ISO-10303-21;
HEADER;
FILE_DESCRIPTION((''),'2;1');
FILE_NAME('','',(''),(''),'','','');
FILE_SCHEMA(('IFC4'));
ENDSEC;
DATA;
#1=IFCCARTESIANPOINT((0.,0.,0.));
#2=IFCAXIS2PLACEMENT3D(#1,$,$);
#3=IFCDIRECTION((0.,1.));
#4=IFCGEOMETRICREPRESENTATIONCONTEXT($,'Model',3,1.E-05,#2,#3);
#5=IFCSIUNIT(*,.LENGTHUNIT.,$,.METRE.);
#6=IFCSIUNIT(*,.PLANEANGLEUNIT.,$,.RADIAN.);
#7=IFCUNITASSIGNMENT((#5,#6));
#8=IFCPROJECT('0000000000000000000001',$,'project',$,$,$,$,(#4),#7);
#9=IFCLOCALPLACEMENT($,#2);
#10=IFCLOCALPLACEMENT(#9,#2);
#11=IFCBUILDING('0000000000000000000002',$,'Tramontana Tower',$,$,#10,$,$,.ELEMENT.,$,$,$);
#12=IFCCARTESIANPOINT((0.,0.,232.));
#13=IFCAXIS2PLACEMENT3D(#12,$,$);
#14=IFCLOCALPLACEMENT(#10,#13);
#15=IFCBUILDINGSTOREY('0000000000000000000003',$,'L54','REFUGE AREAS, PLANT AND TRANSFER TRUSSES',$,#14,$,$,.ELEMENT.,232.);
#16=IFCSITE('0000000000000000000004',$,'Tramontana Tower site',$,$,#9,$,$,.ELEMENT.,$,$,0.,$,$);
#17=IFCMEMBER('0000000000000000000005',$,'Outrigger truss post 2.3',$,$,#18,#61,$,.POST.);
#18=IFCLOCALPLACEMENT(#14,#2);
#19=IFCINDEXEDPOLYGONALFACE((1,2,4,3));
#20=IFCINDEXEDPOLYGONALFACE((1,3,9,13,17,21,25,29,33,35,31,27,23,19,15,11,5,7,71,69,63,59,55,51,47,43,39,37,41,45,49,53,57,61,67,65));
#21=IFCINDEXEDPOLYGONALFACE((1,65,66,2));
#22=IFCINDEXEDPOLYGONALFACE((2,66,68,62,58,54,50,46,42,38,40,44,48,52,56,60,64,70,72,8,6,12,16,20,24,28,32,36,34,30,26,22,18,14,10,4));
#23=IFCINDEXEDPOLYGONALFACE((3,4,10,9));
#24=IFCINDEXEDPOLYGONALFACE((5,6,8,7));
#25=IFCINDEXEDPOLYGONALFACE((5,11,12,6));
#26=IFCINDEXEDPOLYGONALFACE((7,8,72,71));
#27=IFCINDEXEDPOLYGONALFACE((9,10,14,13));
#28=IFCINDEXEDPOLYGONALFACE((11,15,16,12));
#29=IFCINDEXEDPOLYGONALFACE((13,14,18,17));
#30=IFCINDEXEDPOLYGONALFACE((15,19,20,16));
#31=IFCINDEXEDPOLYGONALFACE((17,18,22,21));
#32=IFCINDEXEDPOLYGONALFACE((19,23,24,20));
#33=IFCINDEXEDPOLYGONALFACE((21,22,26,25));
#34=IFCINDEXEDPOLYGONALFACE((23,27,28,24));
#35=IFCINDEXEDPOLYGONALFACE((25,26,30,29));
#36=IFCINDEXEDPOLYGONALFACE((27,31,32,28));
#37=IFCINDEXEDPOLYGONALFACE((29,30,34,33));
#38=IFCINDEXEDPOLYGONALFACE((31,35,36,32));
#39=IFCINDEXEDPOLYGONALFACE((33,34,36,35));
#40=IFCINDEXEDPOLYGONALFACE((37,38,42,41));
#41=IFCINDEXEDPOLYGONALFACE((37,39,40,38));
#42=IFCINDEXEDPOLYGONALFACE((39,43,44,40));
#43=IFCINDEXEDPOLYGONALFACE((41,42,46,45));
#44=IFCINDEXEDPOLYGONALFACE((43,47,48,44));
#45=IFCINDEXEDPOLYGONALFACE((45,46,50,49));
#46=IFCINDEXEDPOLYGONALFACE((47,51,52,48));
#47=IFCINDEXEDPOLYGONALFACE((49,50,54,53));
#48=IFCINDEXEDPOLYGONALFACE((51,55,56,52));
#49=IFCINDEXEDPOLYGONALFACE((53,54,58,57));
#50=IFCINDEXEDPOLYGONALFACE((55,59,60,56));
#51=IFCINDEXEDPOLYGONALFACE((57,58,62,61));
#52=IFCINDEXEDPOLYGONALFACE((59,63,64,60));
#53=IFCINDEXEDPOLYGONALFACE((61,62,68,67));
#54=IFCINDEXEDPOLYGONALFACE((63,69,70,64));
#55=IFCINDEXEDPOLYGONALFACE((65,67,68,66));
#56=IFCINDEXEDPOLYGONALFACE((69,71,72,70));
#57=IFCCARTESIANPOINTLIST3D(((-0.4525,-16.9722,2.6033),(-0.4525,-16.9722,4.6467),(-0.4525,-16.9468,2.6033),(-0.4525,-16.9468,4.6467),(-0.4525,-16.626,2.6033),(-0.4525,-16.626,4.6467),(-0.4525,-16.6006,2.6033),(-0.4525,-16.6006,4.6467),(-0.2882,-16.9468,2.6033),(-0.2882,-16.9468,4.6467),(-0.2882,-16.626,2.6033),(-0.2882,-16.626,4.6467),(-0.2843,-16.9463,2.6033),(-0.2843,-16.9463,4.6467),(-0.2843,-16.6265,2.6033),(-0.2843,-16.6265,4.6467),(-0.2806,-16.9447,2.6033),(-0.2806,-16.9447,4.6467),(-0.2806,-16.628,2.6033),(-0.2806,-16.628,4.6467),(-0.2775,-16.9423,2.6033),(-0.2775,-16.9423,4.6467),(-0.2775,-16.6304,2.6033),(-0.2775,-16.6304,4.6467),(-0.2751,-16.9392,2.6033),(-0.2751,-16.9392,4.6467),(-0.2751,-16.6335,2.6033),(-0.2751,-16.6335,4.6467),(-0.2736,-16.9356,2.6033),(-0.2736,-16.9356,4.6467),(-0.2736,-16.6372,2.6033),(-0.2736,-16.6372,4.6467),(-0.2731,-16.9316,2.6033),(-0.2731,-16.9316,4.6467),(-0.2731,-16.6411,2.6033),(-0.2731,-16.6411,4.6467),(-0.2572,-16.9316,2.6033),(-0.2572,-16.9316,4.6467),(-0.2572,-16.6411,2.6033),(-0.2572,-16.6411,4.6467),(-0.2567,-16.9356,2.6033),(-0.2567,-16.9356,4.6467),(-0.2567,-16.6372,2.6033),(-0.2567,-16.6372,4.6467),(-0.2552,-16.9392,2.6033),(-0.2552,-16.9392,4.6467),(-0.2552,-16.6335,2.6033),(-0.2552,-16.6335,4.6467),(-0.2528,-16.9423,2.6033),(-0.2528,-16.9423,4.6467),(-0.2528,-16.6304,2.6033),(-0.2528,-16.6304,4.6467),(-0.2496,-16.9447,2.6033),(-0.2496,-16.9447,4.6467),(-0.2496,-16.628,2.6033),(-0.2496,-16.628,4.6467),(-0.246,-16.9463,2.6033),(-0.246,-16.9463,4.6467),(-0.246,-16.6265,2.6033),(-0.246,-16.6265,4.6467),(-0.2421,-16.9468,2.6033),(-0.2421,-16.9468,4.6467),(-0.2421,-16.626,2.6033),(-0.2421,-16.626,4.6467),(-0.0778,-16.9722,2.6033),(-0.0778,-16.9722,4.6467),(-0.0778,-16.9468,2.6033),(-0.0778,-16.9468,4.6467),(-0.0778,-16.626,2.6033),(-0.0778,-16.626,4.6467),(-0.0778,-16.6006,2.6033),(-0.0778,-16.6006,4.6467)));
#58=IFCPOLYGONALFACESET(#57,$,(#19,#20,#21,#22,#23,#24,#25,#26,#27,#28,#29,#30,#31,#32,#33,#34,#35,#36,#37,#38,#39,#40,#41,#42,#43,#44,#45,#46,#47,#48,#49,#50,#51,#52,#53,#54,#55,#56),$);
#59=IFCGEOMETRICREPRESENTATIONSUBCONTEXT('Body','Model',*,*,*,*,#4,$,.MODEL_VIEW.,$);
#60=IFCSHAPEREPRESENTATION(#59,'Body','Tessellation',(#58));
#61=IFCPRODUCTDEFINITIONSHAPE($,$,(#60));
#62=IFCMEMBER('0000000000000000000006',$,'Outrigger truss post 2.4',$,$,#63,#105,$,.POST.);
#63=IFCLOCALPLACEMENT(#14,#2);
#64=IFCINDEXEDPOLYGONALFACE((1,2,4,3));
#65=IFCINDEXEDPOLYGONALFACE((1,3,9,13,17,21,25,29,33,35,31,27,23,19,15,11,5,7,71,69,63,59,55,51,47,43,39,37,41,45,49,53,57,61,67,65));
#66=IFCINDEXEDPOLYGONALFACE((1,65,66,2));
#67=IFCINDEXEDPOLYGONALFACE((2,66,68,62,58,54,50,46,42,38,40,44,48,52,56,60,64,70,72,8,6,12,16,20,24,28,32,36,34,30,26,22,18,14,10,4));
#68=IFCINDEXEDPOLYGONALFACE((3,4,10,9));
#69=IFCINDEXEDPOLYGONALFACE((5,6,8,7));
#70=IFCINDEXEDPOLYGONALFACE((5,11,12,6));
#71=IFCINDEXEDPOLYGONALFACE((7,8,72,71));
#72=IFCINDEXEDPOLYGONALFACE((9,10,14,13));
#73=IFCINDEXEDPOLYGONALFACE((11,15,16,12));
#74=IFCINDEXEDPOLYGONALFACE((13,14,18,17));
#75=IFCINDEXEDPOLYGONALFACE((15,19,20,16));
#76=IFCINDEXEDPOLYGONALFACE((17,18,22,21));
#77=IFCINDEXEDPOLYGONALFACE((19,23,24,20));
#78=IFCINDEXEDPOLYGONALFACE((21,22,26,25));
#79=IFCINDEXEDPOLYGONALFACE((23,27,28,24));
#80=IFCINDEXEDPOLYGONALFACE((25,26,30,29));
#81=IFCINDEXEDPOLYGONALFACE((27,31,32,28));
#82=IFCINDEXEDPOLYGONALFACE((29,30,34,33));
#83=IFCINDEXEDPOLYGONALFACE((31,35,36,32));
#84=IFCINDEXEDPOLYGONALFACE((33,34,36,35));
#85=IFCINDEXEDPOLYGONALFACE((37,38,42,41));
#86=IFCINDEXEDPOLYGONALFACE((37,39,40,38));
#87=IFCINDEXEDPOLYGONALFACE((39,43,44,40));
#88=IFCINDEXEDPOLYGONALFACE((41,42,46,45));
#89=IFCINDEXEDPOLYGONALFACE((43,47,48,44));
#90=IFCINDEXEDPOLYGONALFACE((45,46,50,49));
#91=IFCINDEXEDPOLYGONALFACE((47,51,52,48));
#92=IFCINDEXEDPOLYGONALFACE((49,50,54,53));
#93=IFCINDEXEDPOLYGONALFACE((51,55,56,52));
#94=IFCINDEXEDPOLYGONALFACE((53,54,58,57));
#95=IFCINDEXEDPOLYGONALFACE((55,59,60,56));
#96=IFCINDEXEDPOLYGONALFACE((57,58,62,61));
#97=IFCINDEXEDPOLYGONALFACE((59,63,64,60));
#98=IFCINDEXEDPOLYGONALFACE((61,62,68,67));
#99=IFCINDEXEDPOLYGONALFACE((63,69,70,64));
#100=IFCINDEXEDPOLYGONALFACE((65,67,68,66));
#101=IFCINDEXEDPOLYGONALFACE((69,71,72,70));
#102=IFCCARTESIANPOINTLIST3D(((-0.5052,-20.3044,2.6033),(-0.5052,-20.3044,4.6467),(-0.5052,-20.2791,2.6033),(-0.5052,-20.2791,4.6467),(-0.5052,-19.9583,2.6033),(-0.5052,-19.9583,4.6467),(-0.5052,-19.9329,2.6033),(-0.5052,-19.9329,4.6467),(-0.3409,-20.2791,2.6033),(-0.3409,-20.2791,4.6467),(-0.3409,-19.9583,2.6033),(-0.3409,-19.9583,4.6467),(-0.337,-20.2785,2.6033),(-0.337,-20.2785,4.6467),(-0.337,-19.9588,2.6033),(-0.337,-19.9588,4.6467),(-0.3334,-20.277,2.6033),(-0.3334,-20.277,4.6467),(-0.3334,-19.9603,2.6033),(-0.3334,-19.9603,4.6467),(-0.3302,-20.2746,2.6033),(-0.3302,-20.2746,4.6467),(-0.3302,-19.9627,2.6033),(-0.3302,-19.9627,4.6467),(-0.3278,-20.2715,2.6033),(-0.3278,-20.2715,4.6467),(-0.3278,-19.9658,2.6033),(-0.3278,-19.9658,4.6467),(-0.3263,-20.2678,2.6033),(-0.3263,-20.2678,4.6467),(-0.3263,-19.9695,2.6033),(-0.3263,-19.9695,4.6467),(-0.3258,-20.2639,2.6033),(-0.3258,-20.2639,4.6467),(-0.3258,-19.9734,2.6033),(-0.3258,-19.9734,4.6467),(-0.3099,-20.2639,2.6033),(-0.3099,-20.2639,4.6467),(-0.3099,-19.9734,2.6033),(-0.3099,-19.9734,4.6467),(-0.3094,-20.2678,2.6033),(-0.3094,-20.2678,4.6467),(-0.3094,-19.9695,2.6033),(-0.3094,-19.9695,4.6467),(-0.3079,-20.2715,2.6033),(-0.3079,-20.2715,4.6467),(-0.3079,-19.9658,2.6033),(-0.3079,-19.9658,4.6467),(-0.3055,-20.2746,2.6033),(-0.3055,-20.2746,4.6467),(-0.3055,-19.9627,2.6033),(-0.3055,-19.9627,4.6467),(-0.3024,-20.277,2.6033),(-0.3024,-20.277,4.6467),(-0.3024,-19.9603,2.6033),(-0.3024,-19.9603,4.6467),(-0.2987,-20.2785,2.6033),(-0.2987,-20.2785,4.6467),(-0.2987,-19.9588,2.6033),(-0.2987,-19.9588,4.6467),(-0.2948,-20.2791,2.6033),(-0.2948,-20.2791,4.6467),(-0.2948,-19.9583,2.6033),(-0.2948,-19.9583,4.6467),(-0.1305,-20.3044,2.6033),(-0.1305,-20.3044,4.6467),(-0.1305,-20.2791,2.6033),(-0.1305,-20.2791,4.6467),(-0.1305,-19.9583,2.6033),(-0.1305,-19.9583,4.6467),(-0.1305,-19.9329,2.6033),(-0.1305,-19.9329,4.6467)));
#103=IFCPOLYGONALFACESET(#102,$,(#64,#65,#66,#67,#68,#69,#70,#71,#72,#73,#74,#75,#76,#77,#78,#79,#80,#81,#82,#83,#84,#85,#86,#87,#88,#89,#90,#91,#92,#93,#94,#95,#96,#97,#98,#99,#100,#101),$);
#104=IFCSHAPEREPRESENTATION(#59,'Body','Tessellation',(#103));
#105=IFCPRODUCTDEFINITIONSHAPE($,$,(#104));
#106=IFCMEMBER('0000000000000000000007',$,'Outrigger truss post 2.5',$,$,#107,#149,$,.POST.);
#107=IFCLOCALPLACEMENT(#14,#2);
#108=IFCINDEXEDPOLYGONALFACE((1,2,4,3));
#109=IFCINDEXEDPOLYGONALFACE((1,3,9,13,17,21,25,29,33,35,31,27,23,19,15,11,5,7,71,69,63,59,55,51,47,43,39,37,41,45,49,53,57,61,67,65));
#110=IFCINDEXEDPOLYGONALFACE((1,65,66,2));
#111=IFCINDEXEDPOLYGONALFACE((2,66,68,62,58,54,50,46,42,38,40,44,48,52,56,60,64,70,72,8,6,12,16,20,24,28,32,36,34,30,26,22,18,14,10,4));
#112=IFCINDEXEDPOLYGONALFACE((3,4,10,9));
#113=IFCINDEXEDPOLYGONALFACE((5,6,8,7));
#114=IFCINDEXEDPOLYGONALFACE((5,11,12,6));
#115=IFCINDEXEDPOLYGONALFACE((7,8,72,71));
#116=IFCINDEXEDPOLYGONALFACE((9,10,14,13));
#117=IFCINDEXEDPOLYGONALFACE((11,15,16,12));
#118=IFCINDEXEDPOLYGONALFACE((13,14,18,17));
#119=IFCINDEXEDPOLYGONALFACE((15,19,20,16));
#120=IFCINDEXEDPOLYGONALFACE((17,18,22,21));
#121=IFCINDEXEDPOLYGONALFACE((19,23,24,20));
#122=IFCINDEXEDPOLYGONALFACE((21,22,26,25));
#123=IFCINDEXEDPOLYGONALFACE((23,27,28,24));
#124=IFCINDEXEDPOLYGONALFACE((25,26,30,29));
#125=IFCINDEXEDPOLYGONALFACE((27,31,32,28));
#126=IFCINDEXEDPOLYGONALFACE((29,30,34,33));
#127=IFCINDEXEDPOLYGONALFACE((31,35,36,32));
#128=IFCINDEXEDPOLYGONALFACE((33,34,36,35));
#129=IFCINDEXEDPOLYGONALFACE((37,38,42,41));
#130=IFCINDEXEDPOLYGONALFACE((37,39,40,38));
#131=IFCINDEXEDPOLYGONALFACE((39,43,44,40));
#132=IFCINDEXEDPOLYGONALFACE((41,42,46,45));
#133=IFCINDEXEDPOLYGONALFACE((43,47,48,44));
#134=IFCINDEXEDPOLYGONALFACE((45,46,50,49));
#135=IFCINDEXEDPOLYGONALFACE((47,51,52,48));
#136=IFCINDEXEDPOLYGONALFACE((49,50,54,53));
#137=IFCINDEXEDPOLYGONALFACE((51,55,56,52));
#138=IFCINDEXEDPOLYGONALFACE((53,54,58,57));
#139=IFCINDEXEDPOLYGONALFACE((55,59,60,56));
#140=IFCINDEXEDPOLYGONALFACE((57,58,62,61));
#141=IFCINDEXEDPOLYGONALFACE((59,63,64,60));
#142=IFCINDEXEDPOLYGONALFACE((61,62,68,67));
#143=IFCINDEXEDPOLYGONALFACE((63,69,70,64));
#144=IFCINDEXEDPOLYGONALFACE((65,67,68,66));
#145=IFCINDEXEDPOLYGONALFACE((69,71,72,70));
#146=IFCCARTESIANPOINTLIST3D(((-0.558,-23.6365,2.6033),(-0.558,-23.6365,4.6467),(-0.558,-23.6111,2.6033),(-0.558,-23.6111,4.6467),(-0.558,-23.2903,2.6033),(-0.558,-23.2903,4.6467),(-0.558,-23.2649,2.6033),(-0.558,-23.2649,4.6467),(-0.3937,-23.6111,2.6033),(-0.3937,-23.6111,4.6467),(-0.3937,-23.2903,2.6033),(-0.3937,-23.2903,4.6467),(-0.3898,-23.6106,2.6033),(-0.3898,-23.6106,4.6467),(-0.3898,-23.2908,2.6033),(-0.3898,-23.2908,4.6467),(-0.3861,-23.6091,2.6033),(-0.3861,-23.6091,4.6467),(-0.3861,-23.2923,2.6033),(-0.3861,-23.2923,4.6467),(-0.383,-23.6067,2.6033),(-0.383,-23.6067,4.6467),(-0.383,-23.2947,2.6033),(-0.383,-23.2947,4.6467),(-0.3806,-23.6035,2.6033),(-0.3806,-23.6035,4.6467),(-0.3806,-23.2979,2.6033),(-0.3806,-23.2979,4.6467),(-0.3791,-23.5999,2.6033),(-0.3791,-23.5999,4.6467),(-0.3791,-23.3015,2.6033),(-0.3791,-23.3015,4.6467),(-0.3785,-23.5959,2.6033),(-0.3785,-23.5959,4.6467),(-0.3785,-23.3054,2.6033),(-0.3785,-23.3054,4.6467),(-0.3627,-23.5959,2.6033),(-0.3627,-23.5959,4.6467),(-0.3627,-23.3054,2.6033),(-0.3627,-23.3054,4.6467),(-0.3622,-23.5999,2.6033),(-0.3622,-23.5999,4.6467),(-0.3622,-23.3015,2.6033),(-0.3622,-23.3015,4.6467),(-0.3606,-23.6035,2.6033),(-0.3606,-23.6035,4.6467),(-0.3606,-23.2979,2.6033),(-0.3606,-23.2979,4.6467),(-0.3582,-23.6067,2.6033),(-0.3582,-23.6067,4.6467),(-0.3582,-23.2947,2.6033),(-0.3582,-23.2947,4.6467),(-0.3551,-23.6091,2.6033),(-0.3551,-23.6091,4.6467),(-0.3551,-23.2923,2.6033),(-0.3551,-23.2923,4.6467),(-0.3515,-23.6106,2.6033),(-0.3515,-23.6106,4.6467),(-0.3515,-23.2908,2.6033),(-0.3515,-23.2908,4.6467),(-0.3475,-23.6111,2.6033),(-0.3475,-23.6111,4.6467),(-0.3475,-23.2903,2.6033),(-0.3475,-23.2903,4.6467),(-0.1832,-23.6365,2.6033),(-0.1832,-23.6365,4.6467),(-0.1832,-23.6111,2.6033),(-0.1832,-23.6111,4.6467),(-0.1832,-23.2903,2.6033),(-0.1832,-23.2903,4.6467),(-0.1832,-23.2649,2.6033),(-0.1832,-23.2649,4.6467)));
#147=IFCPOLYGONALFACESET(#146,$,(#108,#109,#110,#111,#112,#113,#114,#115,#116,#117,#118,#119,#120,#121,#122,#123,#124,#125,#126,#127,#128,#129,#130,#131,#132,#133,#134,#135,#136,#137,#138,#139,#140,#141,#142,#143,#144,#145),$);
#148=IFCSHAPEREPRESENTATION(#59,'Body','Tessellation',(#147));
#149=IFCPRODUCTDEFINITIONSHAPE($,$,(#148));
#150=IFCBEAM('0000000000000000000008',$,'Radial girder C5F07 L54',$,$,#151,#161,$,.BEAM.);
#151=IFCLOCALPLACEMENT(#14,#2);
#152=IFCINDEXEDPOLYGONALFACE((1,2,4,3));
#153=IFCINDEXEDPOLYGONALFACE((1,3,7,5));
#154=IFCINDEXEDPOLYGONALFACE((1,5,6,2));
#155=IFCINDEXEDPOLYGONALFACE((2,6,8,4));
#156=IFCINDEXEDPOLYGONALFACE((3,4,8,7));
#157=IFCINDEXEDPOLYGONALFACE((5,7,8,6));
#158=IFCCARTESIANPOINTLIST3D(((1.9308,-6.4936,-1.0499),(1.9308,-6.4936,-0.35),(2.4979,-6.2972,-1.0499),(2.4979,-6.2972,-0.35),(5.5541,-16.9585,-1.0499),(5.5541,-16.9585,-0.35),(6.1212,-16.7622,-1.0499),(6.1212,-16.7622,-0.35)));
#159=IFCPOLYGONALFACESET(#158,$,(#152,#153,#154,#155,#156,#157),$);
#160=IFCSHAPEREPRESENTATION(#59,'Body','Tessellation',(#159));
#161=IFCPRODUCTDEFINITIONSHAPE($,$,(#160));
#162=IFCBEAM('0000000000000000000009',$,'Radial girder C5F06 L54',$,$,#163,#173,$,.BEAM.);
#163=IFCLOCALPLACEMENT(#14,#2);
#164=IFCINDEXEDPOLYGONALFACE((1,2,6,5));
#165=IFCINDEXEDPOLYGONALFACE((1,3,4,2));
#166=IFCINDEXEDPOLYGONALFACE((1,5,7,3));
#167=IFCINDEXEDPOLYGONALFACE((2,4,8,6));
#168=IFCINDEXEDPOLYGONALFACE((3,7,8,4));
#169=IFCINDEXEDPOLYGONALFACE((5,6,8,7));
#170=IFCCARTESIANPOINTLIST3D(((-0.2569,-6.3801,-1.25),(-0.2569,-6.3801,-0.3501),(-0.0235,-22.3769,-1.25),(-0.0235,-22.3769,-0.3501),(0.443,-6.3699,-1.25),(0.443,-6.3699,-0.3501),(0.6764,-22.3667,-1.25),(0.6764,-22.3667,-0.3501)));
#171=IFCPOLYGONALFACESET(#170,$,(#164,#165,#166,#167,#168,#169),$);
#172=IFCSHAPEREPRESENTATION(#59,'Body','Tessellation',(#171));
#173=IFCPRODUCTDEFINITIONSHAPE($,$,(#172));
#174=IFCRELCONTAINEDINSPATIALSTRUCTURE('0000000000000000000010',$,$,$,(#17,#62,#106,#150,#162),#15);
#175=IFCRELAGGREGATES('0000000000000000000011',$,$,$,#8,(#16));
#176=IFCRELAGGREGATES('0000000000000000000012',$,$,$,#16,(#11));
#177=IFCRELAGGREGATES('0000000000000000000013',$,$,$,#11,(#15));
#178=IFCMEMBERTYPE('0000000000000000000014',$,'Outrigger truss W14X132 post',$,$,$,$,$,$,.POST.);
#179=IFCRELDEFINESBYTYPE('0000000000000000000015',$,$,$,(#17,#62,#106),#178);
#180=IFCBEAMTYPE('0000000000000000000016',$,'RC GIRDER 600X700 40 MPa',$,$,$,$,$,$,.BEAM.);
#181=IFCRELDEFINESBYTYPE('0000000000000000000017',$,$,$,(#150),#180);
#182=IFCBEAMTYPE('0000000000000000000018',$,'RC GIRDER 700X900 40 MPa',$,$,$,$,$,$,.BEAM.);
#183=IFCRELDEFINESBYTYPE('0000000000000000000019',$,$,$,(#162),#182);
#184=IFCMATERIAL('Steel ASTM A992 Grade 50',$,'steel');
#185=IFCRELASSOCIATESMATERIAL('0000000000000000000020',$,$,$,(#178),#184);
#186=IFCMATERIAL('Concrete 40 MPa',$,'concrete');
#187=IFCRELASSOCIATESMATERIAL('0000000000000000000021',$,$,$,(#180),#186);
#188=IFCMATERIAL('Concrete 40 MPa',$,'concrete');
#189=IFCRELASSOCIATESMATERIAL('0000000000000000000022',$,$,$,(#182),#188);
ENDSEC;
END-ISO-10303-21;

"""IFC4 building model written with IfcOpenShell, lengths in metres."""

from ifc_helpers import new_model, si_unit, direction, frame, origin, origin_2d, place, context, subcontext, project, spatial, rectangle, i_section, extrude, material, material_profile, profile_set, type_object, element, save


model = new_model("IFC4")

# Units and contexts
model_context = context("Model", 3, precision=1e-05, world=origin(), true_north=direction((0.0, 1.0)))
body_context = subcontext(model_context, "Body", "Model", "MODEL_VIEW")
ifc_project = project(units=[si_unit("LENGTHUNIT", "METRE"), si_unit("PLANEANGLEUNIT", "RADIAN")], contexts=[model_context])

# Site, building, storey
site_placement = place(None, origin())
site = spatial("IfcSite", under=ifc_project, at=site_placement, Name="Tramontana Tower site", CompositionType="ELEMENT", RefElevation=0.0)
building_placement = place(site_placement, origin())
building = spatial("IfcBuilding", under=site, at=building_placement, Name="Tramontana Tower", CompositionType="ELEMENT")
storey_placement = place(building_placement, frame((0.0, 0.0, 232.0)))
storey = spatial("IfcBuildingStorey", under=building, at=storey_placement, Name="L54", Description="REFUGE AREAS, PLANT AND TRANSFER TRUSSES", CompositionType="ELEMENT", Elevation=232.0)

# Members
ifc_material_1 = material(Name="Steel ASTM A992 Grade 50", Category="steel")
ifc_material_profile_1 = material_profile(ifc_material_1, i_section(OverallWidth=0.3748, OverallDepth=0.3716, WebThickness=0.0159, FlangeThickness=0.0254, FilletRadius=0.0151, at=origin_2d()), Name="W14X132")
ifc_profile_set_1 = profile_set([ifc_material_profile_1], Name="Steel ASTM A992 Grade 50")
member_type_1 = type_object("IfcMemberType", Name="Outrigger truss W14X132 post", PredefinedType="POST", material=ifc_profile_set_1)
for number, where, z_axis, x_axis, name in (
    (1, (-0.2651, -16.7864, 2.6033), (0.0, 0.0, 1.0), (1.0, 0.0, 0.0), "Outrigger truss post 2.3"),
    (2, (-0.3179, -20.1187, 2.6033), (0.0, 0.0, 1.0), (1.0, 0.0, 0.0), "Outrigger truss post 2.4"),
    (3, (-0.3706, -23.4507, 2.6033), (0.0, 0.0, 1.0), (1.0, 0.0, 0.0), "Outrigger truss post 2.5"),
):
    element("IfcMember", number, at=place(storey_placement, frame(where, z_axis=z_axis, x_axis=x_axis)), inside=storey, type_object=member_type_1, Name=name, PredefinedType="POST", context=body_context, shape_type="SweptSolid", body=[
        extrude(i_section(OverallWidth=0.3748, OverallDepth=0.3716, WebThickness=0.0159, FlangeThickness=0.0254, FilletRadius=0.0151, at=origin_2d()), origin(), (0.0, 0.0, 1.0), 2.0435),
    ])

# Beams
ifc_material_2 = material(Name="Concrete 40 MPa", Category="concrete")
ifc_material_profile_2 = material_profile(ifc_material_2, rectangle(XDim=0.6001, YDim=0.7, at=origin_2d()), Name="RC GIRDER 600X700 40 MPa")
ifc_profile_set_2 = profile_set([ifc_material_profile_2], Name="Concrete 40 MPa")
beam_type_1 = type_object("IfcBeamType", Name="RC GIRDER 600X700 40 MPa", PredefinedType="BEAM", material=ifc_profile_set_2)
beam_1_placement = place(storey_placement, frame((5.8376, -16.8604, -0.7), z_axis=(-0.327179, 0.944962, 0.0), x_axis=(-0.944962, -0.327179, 0.0)))
element("IfcBeam", 4, at=beam_1_placement, inside=storey, type_object=beam_type_1, Name="Radial girder C5F07 L54", PredefinedType="BEAM", context=body_context, shape_type="SweptSolid", body=[
    extrude(rectangle(XDim=0.6001, YDim=0.7, at=origin_2d()), origin(), (0.0, 0.0, 1.0), 11.0745),
])
ifc_material_3 = material(Name="Concrete 40 MPa", Category="concrete")
ifc_material_profile_3 = material_profile(ifc_material_3, rectangle(XDim=0.7, YDim=0.8999, at=origin_2d()), Name="RC GIRDER 700X900 40 MPa")
ifc_profile_set_3 = profile_set([ifc_material_profile_3], Name="Concrete 40 MPa")
beam_type_2 = type_object("IfcBeamType", Name="RC GIRDER 700X900 40 MPa", PredefinedType="BEAM", material=ifc_profile_set_3)
beam_2_placement = place(storey_placement, frame((0.3264, -22.3718, -0.8), z_axis=(-0.014589, 0.999894, 0.0), x_axis=(-0.999894, -0.014589, 0.0)))
element("IfcBeam", 5, at=beam_2_placement, inside=storey, type_object=beam_type_2, Name="Radial girder C5F06 L54", PredefinedType="BEAM", context=body_context, shape_type="SweptSolid", body=[
    extrude(rectangle(XDim=0.7, YDim=0.8999, at=origin_2d()), origin(), (0.0, 0.0, 1.0), 15.9985),
])

save(model, "model.ifc")
